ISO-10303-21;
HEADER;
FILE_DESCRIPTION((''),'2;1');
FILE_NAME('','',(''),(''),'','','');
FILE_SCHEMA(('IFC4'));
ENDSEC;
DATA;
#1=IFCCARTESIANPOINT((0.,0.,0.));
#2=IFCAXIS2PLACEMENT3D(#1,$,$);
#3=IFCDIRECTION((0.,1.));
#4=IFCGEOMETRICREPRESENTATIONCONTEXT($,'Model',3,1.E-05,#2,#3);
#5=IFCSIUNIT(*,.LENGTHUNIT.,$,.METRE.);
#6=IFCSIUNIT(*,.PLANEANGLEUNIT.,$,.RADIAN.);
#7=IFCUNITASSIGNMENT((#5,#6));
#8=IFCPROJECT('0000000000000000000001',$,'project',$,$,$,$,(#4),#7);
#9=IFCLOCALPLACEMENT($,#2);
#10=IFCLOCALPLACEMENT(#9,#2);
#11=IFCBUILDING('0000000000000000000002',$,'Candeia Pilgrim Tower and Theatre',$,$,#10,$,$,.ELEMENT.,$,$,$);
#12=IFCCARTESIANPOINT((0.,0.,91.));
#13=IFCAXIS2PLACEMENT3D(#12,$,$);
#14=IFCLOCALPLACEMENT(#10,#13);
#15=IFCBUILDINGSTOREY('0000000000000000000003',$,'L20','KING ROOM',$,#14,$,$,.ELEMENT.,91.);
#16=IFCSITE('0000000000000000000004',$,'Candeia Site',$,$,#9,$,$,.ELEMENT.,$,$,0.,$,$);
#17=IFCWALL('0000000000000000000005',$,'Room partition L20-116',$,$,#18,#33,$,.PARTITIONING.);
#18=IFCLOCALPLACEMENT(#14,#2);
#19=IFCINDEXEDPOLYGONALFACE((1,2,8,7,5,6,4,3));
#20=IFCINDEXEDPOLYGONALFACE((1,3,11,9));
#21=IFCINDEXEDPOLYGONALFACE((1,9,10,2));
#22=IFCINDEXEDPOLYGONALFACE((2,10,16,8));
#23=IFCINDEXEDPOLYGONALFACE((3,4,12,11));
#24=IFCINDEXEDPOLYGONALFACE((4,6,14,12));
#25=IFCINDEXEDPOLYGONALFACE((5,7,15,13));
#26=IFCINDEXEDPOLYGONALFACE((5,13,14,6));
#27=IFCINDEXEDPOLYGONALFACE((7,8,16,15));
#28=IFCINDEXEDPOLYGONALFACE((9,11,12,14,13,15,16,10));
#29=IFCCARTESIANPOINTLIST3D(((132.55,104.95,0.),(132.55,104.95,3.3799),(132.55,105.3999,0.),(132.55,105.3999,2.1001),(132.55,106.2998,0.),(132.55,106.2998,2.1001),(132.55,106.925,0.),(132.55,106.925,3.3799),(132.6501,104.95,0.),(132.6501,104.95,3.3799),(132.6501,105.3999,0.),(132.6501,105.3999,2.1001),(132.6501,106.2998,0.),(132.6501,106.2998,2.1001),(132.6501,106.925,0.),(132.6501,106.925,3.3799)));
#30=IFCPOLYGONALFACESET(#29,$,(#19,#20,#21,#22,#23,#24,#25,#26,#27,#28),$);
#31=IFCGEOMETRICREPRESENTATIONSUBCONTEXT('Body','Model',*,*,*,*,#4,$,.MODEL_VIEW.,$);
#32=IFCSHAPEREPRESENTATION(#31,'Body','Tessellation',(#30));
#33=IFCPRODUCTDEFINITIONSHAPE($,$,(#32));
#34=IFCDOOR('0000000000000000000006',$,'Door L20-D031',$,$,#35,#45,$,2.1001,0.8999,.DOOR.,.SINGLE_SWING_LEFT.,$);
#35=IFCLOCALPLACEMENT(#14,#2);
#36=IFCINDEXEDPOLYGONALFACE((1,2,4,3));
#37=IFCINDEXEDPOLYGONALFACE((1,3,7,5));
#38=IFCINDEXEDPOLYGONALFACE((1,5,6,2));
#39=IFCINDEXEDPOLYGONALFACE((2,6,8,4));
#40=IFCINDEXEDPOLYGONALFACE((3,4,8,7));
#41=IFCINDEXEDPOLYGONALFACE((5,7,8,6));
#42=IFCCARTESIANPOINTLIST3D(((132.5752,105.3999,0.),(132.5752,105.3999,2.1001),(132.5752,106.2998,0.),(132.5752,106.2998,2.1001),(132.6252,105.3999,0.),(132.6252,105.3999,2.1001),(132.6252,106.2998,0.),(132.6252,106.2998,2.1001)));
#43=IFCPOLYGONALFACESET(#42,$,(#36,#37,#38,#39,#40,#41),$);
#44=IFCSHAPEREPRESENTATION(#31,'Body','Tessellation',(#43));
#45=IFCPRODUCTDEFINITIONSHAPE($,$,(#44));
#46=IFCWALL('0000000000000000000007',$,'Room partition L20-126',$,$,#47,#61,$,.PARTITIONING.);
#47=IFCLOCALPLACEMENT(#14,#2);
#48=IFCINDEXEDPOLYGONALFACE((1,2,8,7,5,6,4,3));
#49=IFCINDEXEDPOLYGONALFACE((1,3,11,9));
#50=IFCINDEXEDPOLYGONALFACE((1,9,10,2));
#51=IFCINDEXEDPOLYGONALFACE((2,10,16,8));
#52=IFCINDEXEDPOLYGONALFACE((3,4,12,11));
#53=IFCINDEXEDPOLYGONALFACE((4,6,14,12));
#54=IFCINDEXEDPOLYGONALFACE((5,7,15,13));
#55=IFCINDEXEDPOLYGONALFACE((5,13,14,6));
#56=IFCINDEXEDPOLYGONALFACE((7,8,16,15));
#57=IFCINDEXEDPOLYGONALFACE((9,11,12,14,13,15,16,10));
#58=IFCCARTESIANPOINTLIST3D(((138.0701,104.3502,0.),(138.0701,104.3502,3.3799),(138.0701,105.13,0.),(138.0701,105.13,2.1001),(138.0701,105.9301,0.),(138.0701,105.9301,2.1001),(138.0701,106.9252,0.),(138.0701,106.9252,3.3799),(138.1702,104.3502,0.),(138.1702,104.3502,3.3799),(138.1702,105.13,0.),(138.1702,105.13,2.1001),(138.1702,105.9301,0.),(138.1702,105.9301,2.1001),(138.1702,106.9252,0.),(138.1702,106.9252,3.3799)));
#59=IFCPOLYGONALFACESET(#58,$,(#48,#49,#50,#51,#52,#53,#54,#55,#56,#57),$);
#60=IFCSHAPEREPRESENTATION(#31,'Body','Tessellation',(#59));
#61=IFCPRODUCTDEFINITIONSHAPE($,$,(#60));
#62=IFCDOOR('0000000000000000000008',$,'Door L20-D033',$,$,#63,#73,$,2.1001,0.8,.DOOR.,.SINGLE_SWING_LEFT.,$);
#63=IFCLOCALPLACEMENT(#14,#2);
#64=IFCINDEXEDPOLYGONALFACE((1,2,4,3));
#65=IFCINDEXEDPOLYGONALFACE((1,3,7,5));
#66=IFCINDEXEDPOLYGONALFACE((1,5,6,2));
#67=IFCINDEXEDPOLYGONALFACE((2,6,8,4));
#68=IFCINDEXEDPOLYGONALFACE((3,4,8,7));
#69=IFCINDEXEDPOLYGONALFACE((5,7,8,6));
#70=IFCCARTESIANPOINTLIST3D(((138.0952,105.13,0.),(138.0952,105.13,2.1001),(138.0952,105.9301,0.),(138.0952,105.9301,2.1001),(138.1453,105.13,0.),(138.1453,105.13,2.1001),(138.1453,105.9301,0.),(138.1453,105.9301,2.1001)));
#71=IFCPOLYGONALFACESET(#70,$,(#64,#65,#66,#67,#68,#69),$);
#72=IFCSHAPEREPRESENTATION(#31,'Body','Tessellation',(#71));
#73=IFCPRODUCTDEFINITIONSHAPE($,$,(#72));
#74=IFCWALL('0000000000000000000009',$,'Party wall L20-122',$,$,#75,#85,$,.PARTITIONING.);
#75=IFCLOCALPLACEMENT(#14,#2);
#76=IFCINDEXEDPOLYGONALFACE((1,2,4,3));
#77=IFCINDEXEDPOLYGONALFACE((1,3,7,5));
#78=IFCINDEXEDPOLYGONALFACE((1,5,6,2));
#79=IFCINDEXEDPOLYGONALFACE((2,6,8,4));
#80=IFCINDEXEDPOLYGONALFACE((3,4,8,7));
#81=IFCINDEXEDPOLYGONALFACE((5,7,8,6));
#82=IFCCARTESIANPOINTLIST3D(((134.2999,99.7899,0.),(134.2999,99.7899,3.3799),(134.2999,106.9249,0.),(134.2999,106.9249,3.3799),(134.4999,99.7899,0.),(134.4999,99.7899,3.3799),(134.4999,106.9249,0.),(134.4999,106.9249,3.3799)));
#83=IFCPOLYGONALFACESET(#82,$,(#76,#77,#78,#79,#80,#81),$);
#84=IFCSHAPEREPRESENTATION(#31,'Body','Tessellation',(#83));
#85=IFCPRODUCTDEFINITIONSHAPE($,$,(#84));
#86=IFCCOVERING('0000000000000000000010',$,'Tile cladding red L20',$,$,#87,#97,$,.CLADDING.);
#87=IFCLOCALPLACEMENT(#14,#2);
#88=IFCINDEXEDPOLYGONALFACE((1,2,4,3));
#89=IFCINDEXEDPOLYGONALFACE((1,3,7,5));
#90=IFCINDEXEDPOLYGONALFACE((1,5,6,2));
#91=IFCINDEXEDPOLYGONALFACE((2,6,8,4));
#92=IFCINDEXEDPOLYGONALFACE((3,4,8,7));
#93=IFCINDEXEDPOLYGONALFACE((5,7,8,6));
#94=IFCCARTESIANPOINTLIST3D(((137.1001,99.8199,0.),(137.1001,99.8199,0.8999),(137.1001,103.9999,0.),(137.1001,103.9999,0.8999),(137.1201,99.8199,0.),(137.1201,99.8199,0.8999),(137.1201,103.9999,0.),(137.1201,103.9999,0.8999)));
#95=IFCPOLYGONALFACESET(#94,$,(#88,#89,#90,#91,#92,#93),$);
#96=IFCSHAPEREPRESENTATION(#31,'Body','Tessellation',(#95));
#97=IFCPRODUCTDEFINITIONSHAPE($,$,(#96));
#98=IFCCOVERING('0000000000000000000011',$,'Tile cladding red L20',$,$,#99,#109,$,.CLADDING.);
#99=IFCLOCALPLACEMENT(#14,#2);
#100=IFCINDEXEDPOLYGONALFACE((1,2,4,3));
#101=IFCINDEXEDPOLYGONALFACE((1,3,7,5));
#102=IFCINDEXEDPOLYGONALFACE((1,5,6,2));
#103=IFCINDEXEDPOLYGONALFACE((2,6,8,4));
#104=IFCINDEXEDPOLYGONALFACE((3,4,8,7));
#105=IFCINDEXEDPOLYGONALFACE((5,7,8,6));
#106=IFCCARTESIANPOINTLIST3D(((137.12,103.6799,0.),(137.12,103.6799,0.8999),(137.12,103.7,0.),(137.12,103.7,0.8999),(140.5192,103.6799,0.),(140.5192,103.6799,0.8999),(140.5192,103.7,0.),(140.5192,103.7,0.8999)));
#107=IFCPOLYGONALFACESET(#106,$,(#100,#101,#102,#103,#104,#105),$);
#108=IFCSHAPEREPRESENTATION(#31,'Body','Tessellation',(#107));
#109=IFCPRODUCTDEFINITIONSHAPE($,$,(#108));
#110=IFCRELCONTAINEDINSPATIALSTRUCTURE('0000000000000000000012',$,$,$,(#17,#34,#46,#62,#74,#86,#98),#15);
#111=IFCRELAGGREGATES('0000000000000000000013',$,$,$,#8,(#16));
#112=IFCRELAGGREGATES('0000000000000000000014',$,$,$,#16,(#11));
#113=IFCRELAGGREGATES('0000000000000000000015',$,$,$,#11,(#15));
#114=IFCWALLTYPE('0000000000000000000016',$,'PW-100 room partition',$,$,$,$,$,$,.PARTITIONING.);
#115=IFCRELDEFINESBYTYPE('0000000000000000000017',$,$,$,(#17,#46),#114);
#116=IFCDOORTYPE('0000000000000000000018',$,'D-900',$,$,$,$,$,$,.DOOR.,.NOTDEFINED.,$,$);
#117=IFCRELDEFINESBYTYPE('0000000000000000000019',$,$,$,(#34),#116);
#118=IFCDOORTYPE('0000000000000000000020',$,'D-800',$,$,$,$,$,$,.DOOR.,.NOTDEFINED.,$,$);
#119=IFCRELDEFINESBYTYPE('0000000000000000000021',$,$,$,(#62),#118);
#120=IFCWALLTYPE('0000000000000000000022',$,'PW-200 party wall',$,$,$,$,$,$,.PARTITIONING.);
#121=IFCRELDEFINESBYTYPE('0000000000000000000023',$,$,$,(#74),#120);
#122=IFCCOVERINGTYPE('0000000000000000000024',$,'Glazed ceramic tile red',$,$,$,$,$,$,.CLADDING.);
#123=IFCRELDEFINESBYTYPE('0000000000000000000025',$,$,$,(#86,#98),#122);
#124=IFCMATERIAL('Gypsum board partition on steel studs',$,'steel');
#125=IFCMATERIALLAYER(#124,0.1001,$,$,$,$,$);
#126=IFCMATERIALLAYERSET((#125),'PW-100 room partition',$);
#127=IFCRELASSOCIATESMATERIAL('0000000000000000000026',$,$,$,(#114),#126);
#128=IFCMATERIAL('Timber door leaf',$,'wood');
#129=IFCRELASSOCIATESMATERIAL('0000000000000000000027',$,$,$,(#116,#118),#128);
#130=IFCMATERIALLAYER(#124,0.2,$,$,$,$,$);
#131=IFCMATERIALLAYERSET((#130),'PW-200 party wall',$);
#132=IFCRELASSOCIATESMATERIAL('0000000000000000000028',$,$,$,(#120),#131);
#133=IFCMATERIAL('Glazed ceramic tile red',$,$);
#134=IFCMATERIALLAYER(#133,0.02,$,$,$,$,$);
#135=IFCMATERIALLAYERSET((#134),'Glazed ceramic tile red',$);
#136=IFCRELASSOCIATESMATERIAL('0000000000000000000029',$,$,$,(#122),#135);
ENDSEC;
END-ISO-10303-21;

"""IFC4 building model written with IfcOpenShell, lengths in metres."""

from ifc_helpers import new_model, si_unit, direction, frame, frame_2d, origin, origin_2d, place, context, subcontext, project, spatial, rectangle, extrude, material, layer, layer_set, type_object, element, fill, save


model = new_model("IFC4")

# Units and contexts
model_context = context("Model", 3, precision=1e-05, world=origin(), true_north=direction((0.0, 1.0)))
body_context = subcontext(model_context, "Body", "Model", "MODEL_VIEW")
ifc_project = project(units=[si_unit("LENGTHUNIT", "METRE"), si_unit("PLANEANGLEUNIT", "RADIAN")], contexts=[model_context])

# Site, building, storey
site_placement = place(None, origin())
site = spatial("IfcSite", under=ifc_project, at=site_placement, Name="Candeia Site", CompositionType="ELEMENT", RefElevation=0.0)
building_placement = place(site_placement, origin())
building = spatial("IfcBuilding", under=site, at=building_placement, Name="Candeia Pilgrim Tower and Theatre", CompositionType="ELEMENT")
storey_placement = place(building_placement, frame((0.0, 0.0, 91.0)))
storey = spatial("IfcBuildingStorey", under=building, at=storey_placement, Name="L20", Description="KING ROOM", CompositionType="ELEMENT", Elevation=91.0)

# Shared definitions
ifc_material_1 = material(Name="Gypsum board partition on steel studs", Category="steel")
ifc_layer_1 = layer(ifc_material_1, 0.1001)
ifc_layer_set_1 = layer_set([ifc_layer_1], Name="PW-100 room partition")
wall_type_1 = type_object("IfcWallType", Name="PW-100 room partition", PredefinedType="PARTITIONING", material=ifc_layer_set_1)

# Walls, openings, doors
wall_1_placement = place(storey_placement, frame((132.6001, 104.95, 0.0), z_axis=(0.0, 0.0, 1.0), x_axis=(0.0, 1.0, 0.0)))
wall_1 = element("IfcWall", 1, at=wall_1_placement, inside=storey, type_object=wall_type_1, Name="Room partition L20-116", PredefinedType="PARTITIONING", context=body_context, shape_type="SweptSolid", body=[
    extrude(rectangle(XDim=1.9751, YDim=0.1001, at=frame_2d((0.9875, 0.0))), origin(), (0.0, 0.0, 1.0), 3.3799),
])
opening_1_placement = place(wall_1_placement, frame((0.45, 0.0, 0.0)))
opening_1 = element("IfcOpeningElement", 2, at=opening_1_placement, cuts=wall_1, PredefinedType="OPENING", context=body_context, shape_type="SweptSolid", body=[
    extrude(rectangle(XDim=0.8999, YDim=2.1001, at=frame_2d((0.45, 1.05))), frame((0.0, 0.0601, 0.0), z_axis=(0.0, -1.0, 0.0), x_axis=(1.0, 0.0, 0.0)), (0.0, 0.0, 1.0), 0.1201),
])
ifc_material_2 = material(Name="Timber door leaf", Category="wood")
door_type_1 = type_object("IfcDoorType", Name="D-900", OperationType="NOTDEFINED", PredefinedType="DOOR", material=ifc_material_2)
door_1_placement = place(opening_1_placement, origin())
door_1 = element("IfcDoor", 3, at=door_1_placement, inside=storey, type_object=door_type_1, Name="Door L20-D031", OperationType="SINGLE_SWING_LEFT", OverallHeight=2.1001, OverallWidth=0.8999, PredefinedType="DOOR", context=body_context, shape_type="SweptSolid", body=[
    extrude(rectangle(XDim=0.8999, YDim=2.1001, at=frame_2d((0.45, 1.05))), frame((0.0, 0.0249, 0.0), z_axis=(0.0, -1.0, 0.0), x_axis=(1.0, 0.0, 0.0)), (0.0, 0.0, 1.0), 0.05),
])
fill(opening_1, door_1)
wall_2_placement = place(storey_placement, frame((138.1201, 104.3501, 0.0), z_axis=(0.0, 0.0, 1.0), x_axis=(0.0, 1.0, 0.0)))
wall_2 = element("IfcWall", 4, at=wall_2_placement, inside=storey, type_object=wall_type_1, Name="Room partition L20-126", PredefinedType="PARTITIONING", context=body_context, shape_type="SweptSolid", body=[
    extrude(rectangle(XDim=2.575, YDim=0.1001, at=frame_2d((1.2876, 0.0))), origin(), (0.0, 0.0, 1.0), 3.3799),
])
opening_2_placement = place(wall_2_placement, frame((0.78, 0.0, 0.0)))
opening_2 = element("IfcOpeningElement", 5, at=opening_2_placement, cuts=wall_2, PredefinedType="OPENING", context=body_context, shape_type="SweptSolid", body=[
    extrude(rectangle(XDim=0.8, YDim=2.1001, at=frame_2d((0.3999, 1.05))), frame((0.0, 0.0601, 0.0), z_axis=(0.0, -1.0, 0.0), x_axis=(1.0, 0.0, 0.0)), (0.0, 0.0, 1.0), 0.1201),
])
door_type_2 = type_object("IfcDoorType", Name="D-800", OperationType="NOTDEFINED", PredefinedType="DOOR", material=ifc_material_2)
door_2_placement = place(opening_2_placement, origin())
door_2 = element("IfcDoor", 6, at=door_2_placement, inside=storey, type_object=door_type_2, Name="Door L20-D033", OperationType="SINGLE_SWING_LEFT", OverallHeight=2.1001, OverallWidth=0.8, PredefinedType="DOOR", context=body_context, shape_type="SweptSolid", body=[
    extrude(rectangle(XDim=0.8, YDim=2.1001, at=frame_2d((0.3999, 1.05))), frame((0.0, 0.0249, 0.0), z_axis=(0.0, -1.0, 0.0), x_axis=(1.0, 0.0, 0.0)), (0.0, 0.0, 1.0), 0.05),
])
fill(opening_2, door_2)

# Wall
ifc_layer_2 = layer(ifc_material_1, 0.2)
ifc_layer_set_2 = layer_set([ifc_layer_2], Name="PW-200 party wall")
wall_type_2 = type_object("IfcWallType", Name="PW-200 party wall", PredefinedType="PARTITIONING", material=ifc_layer_set_2)
wall_3_placement = place(storey_placement, frame((134.3999, 99.79, 0.0), z_axis=(0.0, 0.0, 1.0), x_axis=(0.0, 1.0, 0.0)))
element("IfcWall", 7, at=wall_3_placement, inside=storey, type_object=wall_type_2, Name="Party wall L20-122", PredefinedType="PARTITIONING", context=body_context, shape_type="SweptSolid", body=[
    extrude(rectangle(XDim=7.135, YDim=0.2, at=frame_2d((3.5674, 0.0))), origin(), (0.0, 0.0, 1.0), 3.3799),
])

# Coverings
ifc_material_3 = material(Name="Glazed ceramic tile red")
ifc_layer_3 = layer(ifc_material_3, 0.02)
ifc_layer_set_3 = layer_set([ifc_layer_3], Name="Glazed ceramic tile red")
covering_type = type_object("IfcCoveringType", Name="Glazed ceramic tile red", PredefinedType="CLADDING", material=ifc_layer_set_3)
covering_1_placement = place(storey_placement, frame((137.1101, 101.9099, 0.0), z_axis=(0.0, 0.0, 1.0), x_axis=(0.0, 1.0, 0.0)))
element("IfcCovering", 8, at=covering_1_placement, inside=storey, type_object=covering_type, Name="Tile cladding red L20", PredefinedType="CLADDING", context=body_context, shape_type="SweptSolid", body=[
    extrude(rectangle(XDim=4.1799, YDim=0.02, at=origin_2d()), origin(), (0.0, 0.0, 1.0), 0.8999),
])
covering_2_placement = place(storey_placement, frame((138.8196, 103.6899, 0.0), z_axis=(0.0, 0.0, 1.0), x_axis=(1.0, 0.0, 0.0)))
element("IfcCovering", 9, at=covering_2_placement, inside=storey, type_object=covering_type, Name="Tile cladding red L20", PredefinedType="CLADDING", context=body_context, shape_type="SweptSolid", body=[
    extrude(rectangle(XDim=3.3992, YDim=0.02, at=origin_2d()), origin(), (0.0, 0.0, 1.0), 0.8999),
])

save(model, "model.ifc")
